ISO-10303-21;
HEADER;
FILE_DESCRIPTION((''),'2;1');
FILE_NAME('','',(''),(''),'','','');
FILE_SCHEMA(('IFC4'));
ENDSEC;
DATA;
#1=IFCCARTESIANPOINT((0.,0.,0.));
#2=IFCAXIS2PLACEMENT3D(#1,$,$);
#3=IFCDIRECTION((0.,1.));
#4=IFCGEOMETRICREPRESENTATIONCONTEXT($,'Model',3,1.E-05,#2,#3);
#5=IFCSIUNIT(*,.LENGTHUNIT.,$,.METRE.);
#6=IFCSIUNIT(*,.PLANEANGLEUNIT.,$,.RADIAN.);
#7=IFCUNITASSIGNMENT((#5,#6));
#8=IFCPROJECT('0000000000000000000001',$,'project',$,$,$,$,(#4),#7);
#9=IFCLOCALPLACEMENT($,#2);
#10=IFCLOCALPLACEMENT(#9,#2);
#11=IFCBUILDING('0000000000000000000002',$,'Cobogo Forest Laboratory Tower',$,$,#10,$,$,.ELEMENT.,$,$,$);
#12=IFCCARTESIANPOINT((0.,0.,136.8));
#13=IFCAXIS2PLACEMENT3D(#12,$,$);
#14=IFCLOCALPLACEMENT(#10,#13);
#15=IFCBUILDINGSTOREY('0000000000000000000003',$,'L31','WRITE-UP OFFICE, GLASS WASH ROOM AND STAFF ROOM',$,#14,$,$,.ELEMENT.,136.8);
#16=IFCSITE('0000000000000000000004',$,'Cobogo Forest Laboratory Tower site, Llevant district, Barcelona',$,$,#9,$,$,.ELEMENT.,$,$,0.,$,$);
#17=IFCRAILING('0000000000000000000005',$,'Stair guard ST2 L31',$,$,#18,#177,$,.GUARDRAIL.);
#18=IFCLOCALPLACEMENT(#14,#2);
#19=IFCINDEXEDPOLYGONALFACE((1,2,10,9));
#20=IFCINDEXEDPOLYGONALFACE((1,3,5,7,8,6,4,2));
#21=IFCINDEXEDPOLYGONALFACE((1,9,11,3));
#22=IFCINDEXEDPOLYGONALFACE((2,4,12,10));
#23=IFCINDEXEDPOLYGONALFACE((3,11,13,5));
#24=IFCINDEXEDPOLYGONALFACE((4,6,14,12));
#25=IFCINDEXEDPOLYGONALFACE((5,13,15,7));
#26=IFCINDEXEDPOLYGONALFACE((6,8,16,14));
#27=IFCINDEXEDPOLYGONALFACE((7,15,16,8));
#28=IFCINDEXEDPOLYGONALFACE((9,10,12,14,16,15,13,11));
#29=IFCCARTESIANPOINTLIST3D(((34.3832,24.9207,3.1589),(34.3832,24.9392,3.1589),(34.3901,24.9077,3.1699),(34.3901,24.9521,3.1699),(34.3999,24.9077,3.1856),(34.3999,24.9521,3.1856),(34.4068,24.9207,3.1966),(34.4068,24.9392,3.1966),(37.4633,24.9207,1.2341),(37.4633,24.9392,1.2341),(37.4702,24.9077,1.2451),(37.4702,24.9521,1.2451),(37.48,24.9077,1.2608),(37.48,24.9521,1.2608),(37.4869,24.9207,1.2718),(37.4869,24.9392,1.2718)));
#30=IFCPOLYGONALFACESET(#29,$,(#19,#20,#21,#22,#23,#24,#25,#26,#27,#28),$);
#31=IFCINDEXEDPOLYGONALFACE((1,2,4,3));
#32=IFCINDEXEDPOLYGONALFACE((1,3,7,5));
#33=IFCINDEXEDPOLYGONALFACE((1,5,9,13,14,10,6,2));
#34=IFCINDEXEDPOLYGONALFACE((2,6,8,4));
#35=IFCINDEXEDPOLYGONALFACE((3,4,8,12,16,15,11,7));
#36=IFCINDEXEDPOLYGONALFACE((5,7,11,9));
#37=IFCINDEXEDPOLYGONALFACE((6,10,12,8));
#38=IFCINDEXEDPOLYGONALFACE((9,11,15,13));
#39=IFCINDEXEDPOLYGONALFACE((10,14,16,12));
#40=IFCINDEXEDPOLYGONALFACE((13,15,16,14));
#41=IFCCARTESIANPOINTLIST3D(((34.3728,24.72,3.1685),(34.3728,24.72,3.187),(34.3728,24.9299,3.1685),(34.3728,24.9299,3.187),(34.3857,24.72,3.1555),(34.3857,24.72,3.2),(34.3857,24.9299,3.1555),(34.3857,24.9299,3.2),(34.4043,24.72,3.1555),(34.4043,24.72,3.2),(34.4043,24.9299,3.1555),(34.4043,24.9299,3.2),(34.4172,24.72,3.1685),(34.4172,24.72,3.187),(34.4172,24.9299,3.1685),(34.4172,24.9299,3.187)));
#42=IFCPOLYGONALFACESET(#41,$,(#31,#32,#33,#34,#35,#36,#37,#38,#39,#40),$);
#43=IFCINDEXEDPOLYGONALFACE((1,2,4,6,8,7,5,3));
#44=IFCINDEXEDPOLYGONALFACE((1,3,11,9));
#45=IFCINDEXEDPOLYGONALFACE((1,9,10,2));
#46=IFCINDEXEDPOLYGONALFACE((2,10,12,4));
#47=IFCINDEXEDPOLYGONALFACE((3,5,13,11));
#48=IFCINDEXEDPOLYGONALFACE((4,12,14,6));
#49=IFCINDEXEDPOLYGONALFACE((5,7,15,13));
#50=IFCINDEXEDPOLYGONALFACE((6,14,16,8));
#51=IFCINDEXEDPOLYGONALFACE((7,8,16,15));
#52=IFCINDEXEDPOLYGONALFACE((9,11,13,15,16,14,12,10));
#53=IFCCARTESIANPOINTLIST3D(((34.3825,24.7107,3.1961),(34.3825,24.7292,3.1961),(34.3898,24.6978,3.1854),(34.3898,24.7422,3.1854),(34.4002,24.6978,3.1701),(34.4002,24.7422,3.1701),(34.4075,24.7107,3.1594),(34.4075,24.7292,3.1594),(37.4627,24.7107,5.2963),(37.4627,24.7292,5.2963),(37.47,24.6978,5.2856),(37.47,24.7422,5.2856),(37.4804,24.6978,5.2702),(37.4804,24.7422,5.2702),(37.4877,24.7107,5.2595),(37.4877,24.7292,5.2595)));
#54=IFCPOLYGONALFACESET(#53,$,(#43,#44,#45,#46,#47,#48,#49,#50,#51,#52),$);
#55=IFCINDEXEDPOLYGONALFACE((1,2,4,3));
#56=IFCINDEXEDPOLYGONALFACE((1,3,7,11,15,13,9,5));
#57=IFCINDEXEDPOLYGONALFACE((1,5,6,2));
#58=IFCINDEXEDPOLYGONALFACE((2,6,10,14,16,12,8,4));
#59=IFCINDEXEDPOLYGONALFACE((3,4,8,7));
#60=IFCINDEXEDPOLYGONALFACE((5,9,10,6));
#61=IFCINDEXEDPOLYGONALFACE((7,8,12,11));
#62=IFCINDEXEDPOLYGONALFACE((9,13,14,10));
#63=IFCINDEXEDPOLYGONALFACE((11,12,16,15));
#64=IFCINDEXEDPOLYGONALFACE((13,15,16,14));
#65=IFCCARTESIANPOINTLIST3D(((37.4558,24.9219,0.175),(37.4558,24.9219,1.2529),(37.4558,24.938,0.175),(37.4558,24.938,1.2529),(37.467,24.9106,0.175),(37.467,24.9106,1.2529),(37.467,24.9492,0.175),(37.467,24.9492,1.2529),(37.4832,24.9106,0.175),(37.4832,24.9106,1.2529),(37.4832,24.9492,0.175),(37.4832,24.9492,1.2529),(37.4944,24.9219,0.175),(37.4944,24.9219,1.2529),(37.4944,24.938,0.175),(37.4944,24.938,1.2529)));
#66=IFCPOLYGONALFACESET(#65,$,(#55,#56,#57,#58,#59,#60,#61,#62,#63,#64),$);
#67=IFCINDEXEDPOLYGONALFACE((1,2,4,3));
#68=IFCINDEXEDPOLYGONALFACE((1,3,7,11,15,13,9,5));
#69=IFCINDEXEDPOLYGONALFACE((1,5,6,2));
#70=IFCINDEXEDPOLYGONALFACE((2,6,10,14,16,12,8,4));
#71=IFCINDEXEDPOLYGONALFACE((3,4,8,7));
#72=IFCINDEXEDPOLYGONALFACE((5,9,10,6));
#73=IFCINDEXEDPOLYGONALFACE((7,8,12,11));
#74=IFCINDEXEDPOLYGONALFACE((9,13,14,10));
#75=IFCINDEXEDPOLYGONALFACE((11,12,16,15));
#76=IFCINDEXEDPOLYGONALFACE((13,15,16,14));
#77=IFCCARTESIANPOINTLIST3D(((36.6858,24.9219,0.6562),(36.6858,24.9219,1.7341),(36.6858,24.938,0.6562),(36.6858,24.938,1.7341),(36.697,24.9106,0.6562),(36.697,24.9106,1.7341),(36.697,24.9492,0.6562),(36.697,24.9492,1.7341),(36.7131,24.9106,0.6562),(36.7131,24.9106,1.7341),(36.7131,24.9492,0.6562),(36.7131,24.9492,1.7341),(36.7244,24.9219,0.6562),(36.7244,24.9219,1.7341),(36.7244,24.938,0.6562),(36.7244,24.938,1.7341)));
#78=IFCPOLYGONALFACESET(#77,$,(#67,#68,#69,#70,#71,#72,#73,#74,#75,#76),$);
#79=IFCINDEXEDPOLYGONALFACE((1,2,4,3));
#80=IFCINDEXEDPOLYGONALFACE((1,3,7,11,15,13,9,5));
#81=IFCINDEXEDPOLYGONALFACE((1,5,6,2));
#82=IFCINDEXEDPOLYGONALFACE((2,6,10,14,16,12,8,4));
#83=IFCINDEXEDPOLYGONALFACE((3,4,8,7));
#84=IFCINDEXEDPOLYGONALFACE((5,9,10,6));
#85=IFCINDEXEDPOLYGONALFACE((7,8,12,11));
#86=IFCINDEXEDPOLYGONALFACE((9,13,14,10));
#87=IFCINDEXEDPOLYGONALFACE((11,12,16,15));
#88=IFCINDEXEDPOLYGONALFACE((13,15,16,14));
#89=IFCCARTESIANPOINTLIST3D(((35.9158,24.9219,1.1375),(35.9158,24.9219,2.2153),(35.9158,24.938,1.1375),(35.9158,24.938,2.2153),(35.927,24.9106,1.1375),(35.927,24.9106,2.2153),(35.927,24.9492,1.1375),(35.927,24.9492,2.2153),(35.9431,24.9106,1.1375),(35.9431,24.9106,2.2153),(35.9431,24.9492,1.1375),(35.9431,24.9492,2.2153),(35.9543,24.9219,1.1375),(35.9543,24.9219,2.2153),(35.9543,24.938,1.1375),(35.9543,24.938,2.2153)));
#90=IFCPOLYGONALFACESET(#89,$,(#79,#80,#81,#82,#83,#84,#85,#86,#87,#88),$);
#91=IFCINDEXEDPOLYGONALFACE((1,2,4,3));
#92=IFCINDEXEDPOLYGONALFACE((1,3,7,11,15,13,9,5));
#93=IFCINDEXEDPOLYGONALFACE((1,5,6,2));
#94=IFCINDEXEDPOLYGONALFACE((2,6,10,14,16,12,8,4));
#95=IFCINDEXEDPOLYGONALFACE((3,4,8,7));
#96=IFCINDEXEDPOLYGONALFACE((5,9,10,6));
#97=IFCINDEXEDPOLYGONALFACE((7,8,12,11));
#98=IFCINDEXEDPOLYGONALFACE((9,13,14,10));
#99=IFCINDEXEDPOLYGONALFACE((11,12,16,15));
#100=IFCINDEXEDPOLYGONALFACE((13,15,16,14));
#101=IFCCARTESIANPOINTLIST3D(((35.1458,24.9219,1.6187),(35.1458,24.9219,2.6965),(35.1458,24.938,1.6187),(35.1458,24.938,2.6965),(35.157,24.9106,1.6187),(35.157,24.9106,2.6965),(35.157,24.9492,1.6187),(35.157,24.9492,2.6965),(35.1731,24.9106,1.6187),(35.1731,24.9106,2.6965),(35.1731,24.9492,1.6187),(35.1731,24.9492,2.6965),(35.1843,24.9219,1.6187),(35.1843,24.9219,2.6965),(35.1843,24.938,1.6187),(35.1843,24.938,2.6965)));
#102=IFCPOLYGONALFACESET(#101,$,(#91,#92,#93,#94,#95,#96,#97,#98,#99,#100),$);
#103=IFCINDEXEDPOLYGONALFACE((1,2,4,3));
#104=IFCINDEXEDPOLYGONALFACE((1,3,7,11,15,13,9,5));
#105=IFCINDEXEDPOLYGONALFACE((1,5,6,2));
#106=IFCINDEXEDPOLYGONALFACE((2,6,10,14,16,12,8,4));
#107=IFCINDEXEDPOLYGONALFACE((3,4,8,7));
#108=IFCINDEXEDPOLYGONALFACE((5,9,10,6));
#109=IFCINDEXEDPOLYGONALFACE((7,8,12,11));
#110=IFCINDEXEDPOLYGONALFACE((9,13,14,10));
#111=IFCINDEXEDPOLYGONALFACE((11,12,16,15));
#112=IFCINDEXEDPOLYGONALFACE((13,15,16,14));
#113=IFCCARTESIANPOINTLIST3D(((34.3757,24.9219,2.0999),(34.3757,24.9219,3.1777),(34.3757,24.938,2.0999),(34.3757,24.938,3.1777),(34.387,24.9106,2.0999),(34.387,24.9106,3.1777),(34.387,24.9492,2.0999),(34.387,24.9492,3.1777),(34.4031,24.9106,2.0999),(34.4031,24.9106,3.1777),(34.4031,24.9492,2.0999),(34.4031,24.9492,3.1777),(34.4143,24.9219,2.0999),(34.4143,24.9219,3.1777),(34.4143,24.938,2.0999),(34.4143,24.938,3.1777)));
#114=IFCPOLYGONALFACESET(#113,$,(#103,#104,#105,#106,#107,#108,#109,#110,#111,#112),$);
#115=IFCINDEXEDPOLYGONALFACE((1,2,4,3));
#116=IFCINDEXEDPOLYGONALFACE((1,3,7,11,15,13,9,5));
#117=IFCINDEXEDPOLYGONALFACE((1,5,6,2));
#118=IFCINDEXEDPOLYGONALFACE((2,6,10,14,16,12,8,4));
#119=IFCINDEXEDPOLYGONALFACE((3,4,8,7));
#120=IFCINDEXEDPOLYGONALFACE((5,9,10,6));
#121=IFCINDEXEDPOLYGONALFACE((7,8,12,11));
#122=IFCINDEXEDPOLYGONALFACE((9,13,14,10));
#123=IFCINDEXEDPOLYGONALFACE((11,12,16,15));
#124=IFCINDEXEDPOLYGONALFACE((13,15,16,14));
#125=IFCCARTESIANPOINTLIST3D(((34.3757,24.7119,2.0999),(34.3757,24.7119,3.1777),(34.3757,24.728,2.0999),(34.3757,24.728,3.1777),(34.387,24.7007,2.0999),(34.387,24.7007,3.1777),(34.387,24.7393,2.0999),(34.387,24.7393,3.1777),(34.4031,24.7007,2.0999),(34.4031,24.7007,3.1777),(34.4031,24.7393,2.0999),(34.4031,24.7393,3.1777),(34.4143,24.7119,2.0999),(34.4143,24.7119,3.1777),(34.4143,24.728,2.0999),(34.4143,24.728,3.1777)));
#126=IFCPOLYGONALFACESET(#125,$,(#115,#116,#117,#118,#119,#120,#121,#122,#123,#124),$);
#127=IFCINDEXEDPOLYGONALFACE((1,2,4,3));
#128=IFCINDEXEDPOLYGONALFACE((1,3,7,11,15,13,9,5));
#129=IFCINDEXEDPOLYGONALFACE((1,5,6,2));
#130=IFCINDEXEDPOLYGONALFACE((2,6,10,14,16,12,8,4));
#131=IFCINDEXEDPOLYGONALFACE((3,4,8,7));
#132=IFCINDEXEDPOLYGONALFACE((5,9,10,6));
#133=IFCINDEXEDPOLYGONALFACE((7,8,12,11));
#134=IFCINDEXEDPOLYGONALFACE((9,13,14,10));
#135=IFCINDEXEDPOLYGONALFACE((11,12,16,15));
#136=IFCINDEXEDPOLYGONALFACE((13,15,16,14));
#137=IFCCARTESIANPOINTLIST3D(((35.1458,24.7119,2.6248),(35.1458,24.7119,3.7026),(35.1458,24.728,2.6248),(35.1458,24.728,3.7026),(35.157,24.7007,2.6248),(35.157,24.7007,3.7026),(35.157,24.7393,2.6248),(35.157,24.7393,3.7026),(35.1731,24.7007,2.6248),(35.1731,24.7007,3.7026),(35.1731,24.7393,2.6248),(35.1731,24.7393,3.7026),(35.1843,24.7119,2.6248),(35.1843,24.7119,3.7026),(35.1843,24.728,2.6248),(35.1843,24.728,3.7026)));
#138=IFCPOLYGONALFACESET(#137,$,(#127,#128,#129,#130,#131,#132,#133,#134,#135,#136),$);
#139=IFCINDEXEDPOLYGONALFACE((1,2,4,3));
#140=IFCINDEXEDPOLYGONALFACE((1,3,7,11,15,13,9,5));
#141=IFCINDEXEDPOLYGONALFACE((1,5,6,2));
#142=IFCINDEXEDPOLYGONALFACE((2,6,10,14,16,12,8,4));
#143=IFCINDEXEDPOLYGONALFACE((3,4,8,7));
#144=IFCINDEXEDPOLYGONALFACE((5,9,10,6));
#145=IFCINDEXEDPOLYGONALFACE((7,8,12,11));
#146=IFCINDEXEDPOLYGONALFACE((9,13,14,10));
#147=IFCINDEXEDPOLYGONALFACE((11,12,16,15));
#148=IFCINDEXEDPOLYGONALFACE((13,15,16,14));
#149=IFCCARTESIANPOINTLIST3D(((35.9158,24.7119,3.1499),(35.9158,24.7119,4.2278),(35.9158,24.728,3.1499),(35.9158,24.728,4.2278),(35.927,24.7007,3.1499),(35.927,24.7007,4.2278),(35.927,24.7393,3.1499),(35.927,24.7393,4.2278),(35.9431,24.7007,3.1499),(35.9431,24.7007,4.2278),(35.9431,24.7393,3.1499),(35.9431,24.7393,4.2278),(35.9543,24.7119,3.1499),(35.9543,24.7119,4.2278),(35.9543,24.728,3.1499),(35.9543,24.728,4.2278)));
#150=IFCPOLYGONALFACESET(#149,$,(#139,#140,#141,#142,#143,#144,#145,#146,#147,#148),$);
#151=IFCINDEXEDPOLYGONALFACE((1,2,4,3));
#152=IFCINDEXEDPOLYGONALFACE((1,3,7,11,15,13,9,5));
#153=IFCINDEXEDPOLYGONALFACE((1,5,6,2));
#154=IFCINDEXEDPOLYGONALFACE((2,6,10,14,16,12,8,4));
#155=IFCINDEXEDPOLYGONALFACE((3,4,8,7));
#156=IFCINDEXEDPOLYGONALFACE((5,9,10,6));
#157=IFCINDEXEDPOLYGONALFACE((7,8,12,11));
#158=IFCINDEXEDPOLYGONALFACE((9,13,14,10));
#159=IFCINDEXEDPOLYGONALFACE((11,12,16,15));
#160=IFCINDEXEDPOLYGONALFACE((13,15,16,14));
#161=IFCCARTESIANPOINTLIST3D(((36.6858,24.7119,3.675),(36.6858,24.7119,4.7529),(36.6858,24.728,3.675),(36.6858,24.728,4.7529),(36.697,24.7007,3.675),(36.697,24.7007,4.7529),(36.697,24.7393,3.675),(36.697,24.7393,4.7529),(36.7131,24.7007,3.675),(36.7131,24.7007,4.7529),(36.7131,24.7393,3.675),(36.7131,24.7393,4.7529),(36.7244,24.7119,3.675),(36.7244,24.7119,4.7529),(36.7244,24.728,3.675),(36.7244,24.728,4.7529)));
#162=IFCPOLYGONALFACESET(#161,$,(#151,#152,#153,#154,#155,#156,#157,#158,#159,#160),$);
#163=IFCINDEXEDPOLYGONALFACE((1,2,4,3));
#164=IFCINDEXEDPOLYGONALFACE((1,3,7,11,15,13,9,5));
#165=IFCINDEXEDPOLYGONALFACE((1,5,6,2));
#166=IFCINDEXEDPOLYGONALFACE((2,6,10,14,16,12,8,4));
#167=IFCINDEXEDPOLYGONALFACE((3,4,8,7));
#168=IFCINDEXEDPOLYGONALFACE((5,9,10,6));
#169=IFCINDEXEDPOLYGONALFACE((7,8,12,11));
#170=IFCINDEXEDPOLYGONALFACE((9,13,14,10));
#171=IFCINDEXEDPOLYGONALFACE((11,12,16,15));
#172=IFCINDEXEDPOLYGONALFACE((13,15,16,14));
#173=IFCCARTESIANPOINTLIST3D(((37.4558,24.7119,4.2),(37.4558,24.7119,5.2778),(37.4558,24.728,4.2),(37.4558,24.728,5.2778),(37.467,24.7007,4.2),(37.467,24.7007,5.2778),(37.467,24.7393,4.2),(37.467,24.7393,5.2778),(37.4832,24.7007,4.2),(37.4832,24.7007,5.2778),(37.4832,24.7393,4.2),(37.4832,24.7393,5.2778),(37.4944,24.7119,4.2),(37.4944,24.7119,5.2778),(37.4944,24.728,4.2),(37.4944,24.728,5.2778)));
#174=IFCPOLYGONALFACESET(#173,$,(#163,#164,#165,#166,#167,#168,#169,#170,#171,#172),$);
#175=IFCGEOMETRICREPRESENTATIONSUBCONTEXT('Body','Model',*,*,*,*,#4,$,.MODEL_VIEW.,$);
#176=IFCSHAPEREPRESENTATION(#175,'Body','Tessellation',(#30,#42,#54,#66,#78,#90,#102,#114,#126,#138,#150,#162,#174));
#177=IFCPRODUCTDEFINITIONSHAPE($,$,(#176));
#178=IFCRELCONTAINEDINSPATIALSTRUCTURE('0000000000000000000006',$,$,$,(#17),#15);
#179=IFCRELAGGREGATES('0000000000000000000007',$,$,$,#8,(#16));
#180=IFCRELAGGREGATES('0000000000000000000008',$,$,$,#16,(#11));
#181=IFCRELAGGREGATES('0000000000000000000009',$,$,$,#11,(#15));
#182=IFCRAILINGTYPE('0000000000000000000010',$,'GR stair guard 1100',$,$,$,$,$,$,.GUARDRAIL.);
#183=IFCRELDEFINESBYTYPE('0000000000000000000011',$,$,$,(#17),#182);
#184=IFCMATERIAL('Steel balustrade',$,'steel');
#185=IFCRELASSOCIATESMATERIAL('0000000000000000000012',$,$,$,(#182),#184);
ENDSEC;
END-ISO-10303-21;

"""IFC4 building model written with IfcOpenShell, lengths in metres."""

from ifc_helpers import new_model, si_unit, direction, frame, origin, place, context, subcontext, project, spatial, polyline, outline, extrude, material, type_object, element, save


model = new_model("IFC4")

# Units and contexts
model_context = context("Model", 3, precision=1e-05, world=origin(), true_north=direction((0.0, 1.0)))
body_context = subcontext(model_context, "Body", "Model", "MODEL_VIEW")
ifc_project = project(units=[si_unit("LENGTHUNIT", "METRE"), si_unit("PLANEANGLEUNIT", "RADIAN")], contexts=[model_context])

# Site, building, storey
site_placement = place(None, origin())
site = spatial("IfcSite", under=ifc_project, at=site_placement, Name="Cobogo Forest Laboratory Tower site, Llevant district, Barcelona", CompositionType="ELEMENT", RefElevation=0.0)
building_placement = place(site_placement, origin())
building = spatial("IfcBuilding", under=site, at=building_placement, Name="Cobogo Forest Laboratory Tower", CompositionType="ELEMENT")
storey_placement = place(building_placement, frame((0.0, 0.0, 136.8)))
storey = spatial("IfcBuildingStorey", under=building, at=storey_placement, Name="L31", Description="WRITE-UP OFFICE, GLASS WASH ROOM AND STAFF ROOM", CompositionType="ELEMENT", Elevation=136.8)

# Railing
ifc_material_1 = material(Name="Steel balustrade", Category="steel")
railing_type = type_object("IfcRailingType", Name="GR stair guard 1100", PredefinedType="GUARDRAIL", material=ifc_material_1)
railing_placement = place(storey_placement, frame((37.4751, 24.9299, 0.175)))
element("IfcRailing", 1, at=railing_placement, inside=storey, type_object=railing_type, Name="Stair guard ST2 L31", PredefinedType="GUARDRAIL", context=body_context, shape_type="SweptSolid", body=[
    extrude(outline(polyline([(0.0222, 0.0093), (0.0093, 0.0222), (-0.0093, 0.0222), (-0.0222, 0.0093), (-0.0222, -0.0093), (-0.0093, -0.0222), (0.0093, -0.0222), (0.0222, -0.0093), (0.0222, 0.0093)])), frame((0.0, 0.0, 1.0779), z_axis=(-0.848029, 0.0, 0.529951), x_axis=(0.0, -1.0, 0.0)), (0.0, 0.0, 1.0), 3.6321),
    extrude(outline(polyline([(0.0222, 0.0093), (0.0093, 0.0222), (-0.0093, 0.0222), (-0.0222, 0.0093), (-0.0222, -0.0093), (-0.0093, -0.0222), (0.0093, -0.0222), (0.0222, -0.0093), (0.0222, 0.0093)])), frame((-3.0801, 0.0, 3.0027), z_axis=(0.0, -1.0, 0.0), x_axis=(1.0, 0.0, 0.0)), (0.0, 0.0, 1.0), 0.21),
    extrude(outline(polyline([(0.0222, 0.0093), (0.0093, 0.0222), (-0.0093, 0.0222), (-0.0222, 0.0093), (-0.0222, -0.0093), (-0.0093, -0.0222), (0.0093, -0.0222), (0.0222, -0.0093), (0.0222, 0.0093)])), frame((-3.0801, -0.21, 3.0027), z_axis=(0.826222, 0.0, 0.563345), x_axis=(0.0, 1.0, 0.0)), (0.0, 0.0, 1.0), 3.728),
    extrude(outline(polyline([(0.0193, 0.0081), (0.0081, 0.0193), (-0.0081, 0.0193), (-0.0193, 0.0081), (-0.0193, -0.0081), (-0.0081, -0.0193), (0.0081, -0.0193), (0.0193, -0.0081), (0.0193, 0.0081)])), origin(), (0.0, 0.0, 1.0), 1.0779),
    extrude(outline(polyline([(0.0193, 0.0081), (0.0081, 0.0193), (-0.0081, 0.0193), (-0.0193, 0.0081), (-0.0193, -0.0081), (-0.0081, -0.0193), (0.0081, -0.0193), (0.0193, -0.0081), (0.0193, 0.0081)])), frame((-0.77, 0.0, 0.4812)), (0.0, 0.0, 1.0), 1.0779),
    extrude(outline(polyline([(0.0193, 0.0081), (0.0081, 0.0193), (-0.0081, 0.0193), (-0.0193, 0.0081), (-0.0193, -0.0081), (-0.0081, -0.0193), (0.0081, -0.0193), (0.0193, -0.0081), (0.0193, 0.0081)])), frame((-1.54, 0.0, 0.9624)), (0.0, 0.0, 1.0), 1.0779),
    extrude(outline(polyline([(0.0193, 0.0081), (0.0081, 0.0193), (-0.0081, 0.0193), (-0.0193, 0.0081), (-0.0193, -0.0081), (-0.0081, -0.0193), (0.0081, -0.0193), (0.0193, -0.0081), (0.0193, 0.0081)])), frame((-2.3101, 0.0, 1.4436)), (0.0, 0.0, 1.0), 1.0779),
    extrude(outline(polyline([(0.0193, 0.0081), (0.0081, 0.0193), (-0.0081, 0.0193), (-0.0193, 0.0081), (-0.0193, -0.0081), (-0.0081, -0.0193), (0.0081, -0.0193), (0.0193, -0.0081), (0.0193, 0.0081)])), frame((-3.0801, 0.0, 1.9248)), (0.0, 0.0, 1.0), 1.0779),
    extrude(outline(polyline([(0.0193, 0.0081), (0.0081, 0.0193), (-0.0081, 0.0193), (-0.0193, 0.0081), (-0.0193, -0.0081), (-0.0081, -0.0193), (0.0081, -0.0193), (0.0193, -0.0081), (0.0193, 0.0081)])), frame((-3.0801, -0.21, 1.9248)), (0.0, 0.0, 1.0), 1.0779),
    extrude(outline(polyline([(0.0193, 0.0081), (0.0081, 0.0193), (-0.0081, 0.0193), (-0.0193, 0.0081), (-0.0193, -0.0081), (-0.0081, -0.0193), (0.0081, -0.0193), (0.0193, -0.0081), (0.0193, 0.0081)])), frame((-2.3101, -0.21, 2.4497)), (0.0, 0.0, 1.0), 1.0779),
    extrude(outline(polyline([(0.0193, 0.0081), (0.0081, 0.0193), (-0.0081, 0.0193), (-0.0193, 0.0081), (-0.0193, -0.0081), (-0.0081, -0.0193), (0.0081, -0.0193), (0.0193, -0.0081), (0.0193, 0.0081)])), frame((-1.54, -0.21, 2.9749)), (0.0, 0.0, 1.0), 1.0779),
    extrude(outline(polyline([(0.0193, 0.0081), (0.0081, 0.0193), (-0.0081, 0.0193), (-0.0193, 0.0081), (-0.0193, -0.0081), (-0.0081, -0.0193), (0.0081, -0.0193), (0.0193, -0.0081), (0.0193, 0.0081)])), frame((-0.77, -0.21, 3.5)), (0.0, 0.0, 1.0), 1.0779),
    extrude(outline(polyline([(0.0193, 0.0081), (0.0081, 0.0193), (-0.0081, 0.0193), (-0.0193, 0.0081), (-0.0193, -0.0081), (-0.0081, -0.0193), (0.0081, -0.0193), (0.0193, -0.0081), (0.0193, 0.0081)])), frame((0.0, -0.21, 4.0249)), (0.0, 0.0, 1.0), 1.0779),
])

save(model, "model.ifc")
